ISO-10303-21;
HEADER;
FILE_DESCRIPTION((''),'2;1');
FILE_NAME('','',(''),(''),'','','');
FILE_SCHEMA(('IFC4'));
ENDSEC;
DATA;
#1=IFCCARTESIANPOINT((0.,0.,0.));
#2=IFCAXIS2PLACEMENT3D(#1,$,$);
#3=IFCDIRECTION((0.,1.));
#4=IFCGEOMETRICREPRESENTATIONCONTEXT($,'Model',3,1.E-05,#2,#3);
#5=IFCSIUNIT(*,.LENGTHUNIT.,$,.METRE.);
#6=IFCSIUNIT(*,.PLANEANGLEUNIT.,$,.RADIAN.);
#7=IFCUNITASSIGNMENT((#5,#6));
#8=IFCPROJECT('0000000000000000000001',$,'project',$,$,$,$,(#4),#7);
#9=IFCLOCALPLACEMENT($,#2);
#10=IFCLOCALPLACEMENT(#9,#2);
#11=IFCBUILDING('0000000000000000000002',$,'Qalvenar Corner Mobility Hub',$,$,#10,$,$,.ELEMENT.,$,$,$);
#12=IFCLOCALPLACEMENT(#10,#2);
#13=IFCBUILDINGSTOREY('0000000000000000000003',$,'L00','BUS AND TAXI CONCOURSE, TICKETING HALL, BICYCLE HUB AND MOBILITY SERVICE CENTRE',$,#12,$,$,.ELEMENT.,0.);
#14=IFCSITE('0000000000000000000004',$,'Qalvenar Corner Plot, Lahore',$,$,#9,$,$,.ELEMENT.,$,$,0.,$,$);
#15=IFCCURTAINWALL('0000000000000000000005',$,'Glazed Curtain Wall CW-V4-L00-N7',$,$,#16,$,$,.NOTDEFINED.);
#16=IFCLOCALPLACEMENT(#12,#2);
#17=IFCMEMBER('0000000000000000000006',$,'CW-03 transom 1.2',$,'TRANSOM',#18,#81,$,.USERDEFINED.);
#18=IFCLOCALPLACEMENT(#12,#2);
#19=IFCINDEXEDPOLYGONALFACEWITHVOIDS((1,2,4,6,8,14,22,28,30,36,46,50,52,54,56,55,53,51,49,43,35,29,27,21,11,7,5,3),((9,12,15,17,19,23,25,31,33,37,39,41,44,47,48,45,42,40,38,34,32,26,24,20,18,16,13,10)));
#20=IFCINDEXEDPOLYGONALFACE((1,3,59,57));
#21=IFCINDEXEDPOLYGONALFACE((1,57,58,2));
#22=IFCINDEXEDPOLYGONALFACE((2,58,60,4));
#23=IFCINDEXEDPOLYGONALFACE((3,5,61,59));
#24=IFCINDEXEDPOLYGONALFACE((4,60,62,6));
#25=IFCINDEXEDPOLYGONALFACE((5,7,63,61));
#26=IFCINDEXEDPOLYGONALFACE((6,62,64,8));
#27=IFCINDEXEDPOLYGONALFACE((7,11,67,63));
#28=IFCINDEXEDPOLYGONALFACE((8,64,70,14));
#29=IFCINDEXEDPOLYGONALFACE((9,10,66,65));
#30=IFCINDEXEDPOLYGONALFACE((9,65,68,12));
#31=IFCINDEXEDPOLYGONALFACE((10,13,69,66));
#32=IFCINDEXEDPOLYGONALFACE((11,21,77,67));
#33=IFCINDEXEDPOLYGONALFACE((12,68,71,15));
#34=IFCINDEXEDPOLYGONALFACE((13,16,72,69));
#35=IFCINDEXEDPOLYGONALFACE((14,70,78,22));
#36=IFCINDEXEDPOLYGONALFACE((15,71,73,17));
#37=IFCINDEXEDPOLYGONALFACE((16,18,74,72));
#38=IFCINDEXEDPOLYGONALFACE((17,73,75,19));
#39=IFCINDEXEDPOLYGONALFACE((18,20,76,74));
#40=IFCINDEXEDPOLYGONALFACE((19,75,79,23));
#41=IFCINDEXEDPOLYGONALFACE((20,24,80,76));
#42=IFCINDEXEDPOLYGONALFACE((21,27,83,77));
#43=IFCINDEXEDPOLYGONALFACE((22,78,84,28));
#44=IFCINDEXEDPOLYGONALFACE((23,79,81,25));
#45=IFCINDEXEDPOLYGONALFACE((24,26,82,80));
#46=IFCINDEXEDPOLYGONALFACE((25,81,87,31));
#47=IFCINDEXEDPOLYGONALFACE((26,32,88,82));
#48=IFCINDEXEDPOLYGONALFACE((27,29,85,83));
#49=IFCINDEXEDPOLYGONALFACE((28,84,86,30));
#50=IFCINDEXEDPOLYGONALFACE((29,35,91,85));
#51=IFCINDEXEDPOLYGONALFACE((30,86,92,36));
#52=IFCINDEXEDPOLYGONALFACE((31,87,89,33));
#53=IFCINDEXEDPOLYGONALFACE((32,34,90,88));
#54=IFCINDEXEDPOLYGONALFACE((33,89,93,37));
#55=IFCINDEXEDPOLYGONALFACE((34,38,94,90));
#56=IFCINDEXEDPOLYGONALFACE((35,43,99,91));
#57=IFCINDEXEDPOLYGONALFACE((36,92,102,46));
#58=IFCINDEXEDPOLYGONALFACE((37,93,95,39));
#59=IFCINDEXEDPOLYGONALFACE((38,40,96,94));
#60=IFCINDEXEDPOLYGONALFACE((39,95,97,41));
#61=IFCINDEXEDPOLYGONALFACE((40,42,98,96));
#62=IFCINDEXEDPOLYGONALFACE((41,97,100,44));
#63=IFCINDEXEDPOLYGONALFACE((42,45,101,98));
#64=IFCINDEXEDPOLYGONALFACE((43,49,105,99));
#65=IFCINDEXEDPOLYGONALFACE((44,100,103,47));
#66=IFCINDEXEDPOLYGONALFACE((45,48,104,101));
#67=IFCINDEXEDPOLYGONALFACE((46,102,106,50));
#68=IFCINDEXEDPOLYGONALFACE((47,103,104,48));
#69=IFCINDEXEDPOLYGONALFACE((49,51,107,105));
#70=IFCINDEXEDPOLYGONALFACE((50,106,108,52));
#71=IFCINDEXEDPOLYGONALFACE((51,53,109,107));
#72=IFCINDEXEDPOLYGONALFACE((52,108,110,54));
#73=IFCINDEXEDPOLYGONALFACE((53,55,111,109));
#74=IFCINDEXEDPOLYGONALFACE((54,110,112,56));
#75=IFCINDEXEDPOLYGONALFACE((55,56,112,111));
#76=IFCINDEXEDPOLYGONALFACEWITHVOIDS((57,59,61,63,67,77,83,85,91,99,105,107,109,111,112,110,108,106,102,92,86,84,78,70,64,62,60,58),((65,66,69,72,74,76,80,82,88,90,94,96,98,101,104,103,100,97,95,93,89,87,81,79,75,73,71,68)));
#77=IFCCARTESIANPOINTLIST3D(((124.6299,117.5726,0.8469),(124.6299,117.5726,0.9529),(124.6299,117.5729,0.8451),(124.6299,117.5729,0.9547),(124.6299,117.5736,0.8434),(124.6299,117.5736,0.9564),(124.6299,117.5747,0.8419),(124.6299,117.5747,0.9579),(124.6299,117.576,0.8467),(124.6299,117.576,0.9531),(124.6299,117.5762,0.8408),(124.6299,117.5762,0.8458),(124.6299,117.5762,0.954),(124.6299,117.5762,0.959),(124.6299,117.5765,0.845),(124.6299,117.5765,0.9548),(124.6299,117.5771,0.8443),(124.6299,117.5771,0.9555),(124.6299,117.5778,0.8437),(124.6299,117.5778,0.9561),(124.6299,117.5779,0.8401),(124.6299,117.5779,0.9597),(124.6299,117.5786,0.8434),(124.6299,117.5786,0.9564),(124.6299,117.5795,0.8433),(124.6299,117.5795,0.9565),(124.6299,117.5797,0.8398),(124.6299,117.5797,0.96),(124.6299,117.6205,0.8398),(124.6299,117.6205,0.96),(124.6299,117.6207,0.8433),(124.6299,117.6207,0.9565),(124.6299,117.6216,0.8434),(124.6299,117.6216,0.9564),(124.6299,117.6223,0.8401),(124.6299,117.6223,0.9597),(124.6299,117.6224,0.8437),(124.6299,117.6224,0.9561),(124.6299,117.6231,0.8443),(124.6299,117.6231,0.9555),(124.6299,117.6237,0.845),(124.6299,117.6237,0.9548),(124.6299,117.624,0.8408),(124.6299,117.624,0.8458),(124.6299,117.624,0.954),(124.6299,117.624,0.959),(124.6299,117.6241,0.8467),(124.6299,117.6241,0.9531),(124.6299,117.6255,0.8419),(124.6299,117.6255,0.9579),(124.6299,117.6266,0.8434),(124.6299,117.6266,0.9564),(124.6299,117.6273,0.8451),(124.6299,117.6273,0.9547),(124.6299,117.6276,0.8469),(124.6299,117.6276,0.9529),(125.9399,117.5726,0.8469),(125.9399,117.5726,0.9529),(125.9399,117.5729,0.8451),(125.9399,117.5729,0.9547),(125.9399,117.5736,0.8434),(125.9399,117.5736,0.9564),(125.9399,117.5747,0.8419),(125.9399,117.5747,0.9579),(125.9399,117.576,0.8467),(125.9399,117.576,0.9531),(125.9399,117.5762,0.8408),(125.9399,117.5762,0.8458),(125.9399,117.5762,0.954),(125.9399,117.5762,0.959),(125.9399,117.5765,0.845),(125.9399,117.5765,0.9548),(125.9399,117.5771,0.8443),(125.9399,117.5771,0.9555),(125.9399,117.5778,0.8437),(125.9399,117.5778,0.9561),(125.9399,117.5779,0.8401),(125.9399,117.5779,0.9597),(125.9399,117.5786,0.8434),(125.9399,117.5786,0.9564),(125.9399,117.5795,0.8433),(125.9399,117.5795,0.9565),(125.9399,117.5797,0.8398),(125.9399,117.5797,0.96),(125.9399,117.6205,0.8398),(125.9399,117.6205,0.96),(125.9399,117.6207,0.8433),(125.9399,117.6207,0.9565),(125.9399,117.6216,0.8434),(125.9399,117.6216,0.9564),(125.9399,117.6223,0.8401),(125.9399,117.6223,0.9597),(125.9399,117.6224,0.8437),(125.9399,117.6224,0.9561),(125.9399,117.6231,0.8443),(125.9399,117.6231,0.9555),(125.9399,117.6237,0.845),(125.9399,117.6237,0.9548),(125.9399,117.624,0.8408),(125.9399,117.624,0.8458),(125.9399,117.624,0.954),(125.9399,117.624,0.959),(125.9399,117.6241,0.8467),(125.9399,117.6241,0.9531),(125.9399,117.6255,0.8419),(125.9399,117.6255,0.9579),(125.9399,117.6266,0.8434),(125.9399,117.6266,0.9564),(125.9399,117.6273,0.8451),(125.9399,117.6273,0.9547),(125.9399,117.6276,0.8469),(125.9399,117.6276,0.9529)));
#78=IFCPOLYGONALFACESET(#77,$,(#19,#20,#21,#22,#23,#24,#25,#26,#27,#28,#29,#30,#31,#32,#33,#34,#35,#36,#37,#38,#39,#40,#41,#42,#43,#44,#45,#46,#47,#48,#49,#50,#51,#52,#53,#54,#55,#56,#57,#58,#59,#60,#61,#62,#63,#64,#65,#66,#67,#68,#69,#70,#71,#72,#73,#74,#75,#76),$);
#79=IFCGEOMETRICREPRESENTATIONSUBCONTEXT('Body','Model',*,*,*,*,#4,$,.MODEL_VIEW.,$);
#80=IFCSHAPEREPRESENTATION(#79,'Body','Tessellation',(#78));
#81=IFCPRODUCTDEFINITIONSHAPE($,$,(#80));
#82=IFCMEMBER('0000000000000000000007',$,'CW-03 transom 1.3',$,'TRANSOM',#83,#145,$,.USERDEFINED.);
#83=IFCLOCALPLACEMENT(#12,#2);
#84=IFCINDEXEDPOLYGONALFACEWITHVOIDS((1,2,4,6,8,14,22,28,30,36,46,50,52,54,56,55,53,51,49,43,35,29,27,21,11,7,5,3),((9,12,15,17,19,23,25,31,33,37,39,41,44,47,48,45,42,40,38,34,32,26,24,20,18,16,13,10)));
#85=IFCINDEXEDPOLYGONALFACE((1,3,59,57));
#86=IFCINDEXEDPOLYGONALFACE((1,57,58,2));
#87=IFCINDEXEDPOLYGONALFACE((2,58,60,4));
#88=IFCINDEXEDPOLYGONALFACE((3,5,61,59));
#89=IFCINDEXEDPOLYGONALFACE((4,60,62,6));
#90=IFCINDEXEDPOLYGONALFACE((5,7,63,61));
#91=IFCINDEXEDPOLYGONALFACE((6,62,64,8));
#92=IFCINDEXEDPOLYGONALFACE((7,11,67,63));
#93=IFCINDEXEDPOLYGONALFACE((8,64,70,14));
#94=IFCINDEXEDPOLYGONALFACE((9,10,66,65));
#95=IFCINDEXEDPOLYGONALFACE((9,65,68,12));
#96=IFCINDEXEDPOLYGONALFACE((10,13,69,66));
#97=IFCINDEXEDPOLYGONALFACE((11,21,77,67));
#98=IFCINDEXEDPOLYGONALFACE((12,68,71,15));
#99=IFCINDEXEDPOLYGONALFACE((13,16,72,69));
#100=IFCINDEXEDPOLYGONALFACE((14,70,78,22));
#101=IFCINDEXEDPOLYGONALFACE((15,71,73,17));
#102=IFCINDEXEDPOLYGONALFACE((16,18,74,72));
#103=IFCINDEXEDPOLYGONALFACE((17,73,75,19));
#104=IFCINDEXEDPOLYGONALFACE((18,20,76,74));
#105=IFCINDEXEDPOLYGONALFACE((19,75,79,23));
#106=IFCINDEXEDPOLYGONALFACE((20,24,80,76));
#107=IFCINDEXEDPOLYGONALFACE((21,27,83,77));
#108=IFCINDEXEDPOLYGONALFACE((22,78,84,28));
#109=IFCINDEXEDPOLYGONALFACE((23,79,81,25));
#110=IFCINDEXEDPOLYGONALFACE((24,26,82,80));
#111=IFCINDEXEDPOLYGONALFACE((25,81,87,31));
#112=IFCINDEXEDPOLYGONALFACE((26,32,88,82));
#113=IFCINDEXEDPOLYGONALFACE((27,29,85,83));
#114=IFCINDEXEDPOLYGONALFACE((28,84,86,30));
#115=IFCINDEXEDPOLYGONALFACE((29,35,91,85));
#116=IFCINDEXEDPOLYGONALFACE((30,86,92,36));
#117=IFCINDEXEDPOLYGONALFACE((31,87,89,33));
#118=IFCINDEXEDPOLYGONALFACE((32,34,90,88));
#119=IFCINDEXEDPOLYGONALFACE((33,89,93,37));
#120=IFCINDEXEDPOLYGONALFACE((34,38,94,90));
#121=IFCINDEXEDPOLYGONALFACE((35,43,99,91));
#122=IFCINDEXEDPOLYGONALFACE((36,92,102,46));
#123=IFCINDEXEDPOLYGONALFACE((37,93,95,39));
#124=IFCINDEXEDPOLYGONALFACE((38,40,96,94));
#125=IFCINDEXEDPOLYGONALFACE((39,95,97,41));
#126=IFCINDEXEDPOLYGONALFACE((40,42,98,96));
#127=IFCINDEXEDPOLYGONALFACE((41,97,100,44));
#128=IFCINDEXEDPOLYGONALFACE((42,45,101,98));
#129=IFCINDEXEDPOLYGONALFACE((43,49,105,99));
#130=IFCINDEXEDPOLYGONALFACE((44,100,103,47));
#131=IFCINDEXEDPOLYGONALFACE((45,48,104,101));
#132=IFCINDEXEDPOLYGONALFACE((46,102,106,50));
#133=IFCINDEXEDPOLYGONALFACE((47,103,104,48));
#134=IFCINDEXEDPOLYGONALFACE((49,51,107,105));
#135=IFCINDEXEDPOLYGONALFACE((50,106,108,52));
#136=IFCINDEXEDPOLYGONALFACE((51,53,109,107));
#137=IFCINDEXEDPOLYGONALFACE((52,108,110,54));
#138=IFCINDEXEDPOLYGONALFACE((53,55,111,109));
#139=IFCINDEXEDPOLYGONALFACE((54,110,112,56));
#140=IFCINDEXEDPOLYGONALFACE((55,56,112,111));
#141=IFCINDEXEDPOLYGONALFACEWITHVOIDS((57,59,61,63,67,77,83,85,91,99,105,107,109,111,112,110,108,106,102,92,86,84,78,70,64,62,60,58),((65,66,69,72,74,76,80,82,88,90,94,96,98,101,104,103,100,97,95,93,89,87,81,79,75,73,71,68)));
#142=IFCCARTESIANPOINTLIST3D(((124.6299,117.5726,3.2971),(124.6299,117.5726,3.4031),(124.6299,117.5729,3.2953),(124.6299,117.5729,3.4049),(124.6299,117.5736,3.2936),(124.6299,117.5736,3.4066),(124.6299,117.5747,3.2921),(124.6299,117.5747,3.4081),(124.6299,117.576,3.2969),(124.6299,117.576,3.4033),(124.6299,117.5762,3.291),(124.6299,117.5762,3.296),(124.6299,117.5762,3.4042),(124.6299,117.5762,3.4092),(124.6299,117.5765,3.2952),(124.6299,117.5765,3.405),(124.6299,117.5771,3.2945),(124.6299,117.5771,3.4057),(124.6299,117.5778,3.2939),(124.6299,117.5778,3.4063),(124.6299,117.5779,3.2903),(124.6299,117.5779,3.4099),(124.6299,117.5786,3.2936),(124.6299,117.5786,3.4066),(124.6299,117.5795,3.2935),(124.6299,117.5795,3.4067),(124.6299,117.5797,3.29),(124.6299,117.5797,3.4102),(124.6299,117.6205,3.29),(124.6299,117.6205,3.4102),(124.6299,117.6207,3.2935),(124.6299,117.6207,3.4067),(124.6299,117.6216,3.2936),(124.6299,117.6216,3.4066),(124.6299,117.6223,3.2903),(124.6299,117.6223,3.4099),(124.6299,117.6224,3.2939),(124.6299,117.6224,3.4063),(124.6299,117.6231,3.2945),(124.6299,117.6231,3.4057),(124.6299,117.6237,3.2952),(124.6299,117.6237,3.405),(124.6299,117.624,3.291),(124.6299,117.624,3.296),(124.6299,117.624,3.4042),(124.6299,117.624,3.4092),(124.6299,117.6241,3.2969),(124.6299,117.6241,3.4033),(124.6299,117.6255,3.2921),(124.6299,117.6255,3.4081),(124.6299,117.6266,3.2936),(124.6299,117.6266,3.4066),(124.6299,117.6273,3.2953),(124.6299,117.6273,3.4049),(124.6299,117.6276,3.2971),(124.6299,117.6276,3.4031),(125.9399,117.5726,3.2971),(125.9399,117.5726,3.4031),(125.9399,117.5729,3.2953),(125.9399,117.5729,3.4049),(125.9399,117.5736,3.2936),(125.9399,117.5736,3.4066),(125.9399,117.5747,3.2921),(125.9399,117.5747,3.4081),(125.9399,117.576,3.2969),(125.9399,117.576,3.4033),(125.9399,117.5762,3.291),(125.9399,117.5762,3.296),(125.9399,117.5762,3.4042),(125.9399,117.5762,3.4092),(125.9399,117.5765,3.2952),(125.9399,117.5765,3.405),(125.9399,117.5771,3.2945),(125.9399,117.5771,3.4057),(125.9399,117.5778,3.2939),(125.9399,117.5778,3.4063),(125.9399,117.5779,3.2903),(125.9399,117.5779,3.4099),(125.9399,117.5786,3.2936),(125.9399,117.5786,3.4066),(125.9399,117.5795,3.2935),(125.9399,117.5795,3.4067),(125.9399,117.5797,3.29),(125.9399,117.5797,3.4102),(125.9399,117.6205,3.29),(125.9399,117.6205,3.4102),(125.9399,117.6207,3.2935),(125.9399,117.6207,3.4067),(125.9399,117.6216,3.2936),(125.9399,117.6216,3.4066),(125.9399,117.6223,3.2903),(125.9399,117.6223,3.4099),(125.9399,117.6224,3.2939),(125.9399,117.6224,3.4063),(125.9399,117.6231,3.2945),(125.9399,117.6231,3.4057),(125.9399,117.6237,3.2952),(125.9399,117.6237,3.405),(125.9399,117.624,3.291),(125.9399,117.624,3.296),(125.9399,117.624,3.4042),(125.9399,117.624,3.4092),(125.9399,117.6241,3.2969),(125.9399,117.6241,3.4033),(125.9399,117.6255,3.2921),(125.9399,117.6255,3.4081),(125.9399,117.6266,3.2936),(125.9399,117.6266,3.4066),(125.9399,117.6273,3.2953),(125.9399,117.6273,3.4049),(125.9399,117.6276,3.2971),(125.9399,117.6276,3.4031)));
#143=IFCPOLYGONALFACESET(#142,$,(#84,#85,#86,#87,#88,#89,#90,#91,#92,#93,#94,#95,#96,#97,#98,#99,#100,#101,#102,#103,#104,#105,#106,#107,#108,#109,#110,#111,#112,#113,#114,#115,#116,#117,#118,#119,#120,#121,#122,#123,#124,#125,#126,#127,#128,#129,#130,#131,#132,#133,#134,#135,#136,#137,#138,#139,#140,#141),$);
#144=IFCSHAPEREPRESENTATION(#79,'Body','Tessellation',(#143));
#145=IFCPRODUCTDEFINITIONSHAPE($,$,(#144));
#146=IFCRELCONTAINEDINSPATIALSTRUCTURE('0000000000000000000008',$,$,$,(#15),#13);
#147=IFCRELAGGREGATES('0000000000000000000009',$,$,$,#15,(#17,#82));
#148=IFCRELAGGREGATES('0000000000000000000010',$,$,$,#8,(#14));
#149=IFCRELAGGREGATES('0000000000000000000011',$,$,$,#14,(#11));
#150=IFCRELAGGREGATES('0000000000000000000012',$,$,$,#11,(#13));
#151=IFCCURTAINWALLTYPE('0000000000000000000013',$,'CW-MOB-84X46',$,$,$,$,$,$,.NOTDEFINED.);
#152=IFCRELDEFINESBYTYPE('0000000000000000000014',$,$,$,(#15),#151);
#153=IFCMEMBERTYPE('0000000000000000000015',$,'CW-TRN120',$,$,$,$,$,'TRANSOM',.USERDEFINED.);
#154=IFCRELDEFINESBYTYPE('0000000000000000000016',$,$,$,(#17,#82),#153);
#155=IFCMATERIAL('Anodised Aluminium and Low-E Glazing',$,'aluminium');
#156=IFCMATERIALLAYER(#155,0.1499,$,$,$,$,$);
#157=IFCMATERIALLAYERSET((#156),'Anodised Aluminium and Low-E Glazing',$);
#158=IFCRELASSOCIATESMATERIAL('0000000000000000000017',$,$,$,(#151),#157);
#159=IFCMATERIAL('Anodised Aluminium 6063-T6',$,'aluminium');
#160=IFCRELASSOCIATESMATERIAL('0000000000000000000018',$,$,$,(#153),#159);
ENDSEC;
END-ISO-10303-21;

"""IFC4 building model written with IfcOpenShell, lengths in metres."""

from ifc_helpers import new_model, si_unit, direction, frame, origin, origin_2d, place, context, subcontext, project, spatial, hollow_rectangle, extrude, material, layer, layer_set, material_profile, profile_set, type_object, element, aggregate, save


model = new_model("IFC4")

# Units and contexts
model_context = context("Model", 3, precision=1e-05, world=origin(), true_north=direction((0.0, 1.0)))
body_context = subcontext(model_context, "Body", "Model", "MODEL_VIEW")
ifc_project = project(units=[si_unit("LENGTHUNIT", "METRE"), si_unit("PLANEANGLEUNIT", "RADIAN")], contexts=[model_context])

# Site, building, storey
site_placement = place(None, origin())
site = spatial("IfcSite", under=ifc_project, at=site_placement, Name="Qalvenar Corner Plot, Lahore", CompositionType="ELEMENT", RefElevation=0.0)
building_placement = place(site_placement, origin())
building = spatial("IfcBuilding", under=site, at=building_placement, Name="Qalvenar Corner Mobility Hub", CompositionType="ELEMENT")
storey_placement = place(building_placement, origin())
storey = spatial("IfcBuildingStorey", under=building, at=storey_placement, Name="L00", Description="BUS AND TAXI CONCOURSE, TICKETING HALL, BICYCLE HUB AND MOBILITY SERVICE CENTRE", CompositionType="ELEMENT", Elevation=0.0)

# Curtain wall, members
ifc_material_1 = material(Name="Anodised Aluminium and Low-E Glazing", Category="aluminium")
ifc_layer_1 = layer(ifc_material_1, 0.1499)
ifc_layer_set_1 = layer_set([ifc_layer_1], Name="Anodised Aluminium and Low-E Glazing")
curtain_wall_type = type_object("IfcCurtainWallType", Name="CW-MOB-84X46", PredefinedType="NOTDEFINED", material=ifc_layer_set_1)
curtain_wall_placement = place(storey_placement, origin())
curtain_wall = element("IfcCurtainWall", 1, at=curtain_wall_placement, inside=storey, type_object=curtain_wall_type, Name="Glazed Curtain Wall CW-V4-L00-N7", PredefinedType="NOTDEFINED")
ifc_material_2 = material(Name="Anodised Aluminium 6063-T6", Category="aluminium")
ifc_material_profile_1 = material_profile(ifc_material_2, hollow_rectangle(XDim=0.0549, YDim=0.1201, WallThickness=0.0034, InnerFilletRadius=0.0034, OuterFilletRadius=0.0071, at=origin_2d()), Name="RHS120x55x3.5")
ifc_profile_set_1 = profile_set([ifc_material_profile_1], Name="Anodised Aluminium 6063-T6")
member_type_1 = type_object("IfcMemberType", Name="CW-TRN120", ElementType="TRANSOM", PredefinedType="USERDEFINED", material=ifc_profile_set_1)
member_1_placement = place(storey_placement, frame((125.9399, 117.6001, 0.8999), z_axis=(-1.0, 0.0, 0.0), x_axis=(0.0, -1.0, 0.0)))
member_1 = element("IfcMember", 2, at=member_1_placement, type_object=member_type_1, Name="CW-03 transom 1.2", ObjectType="TRANSOM", PredefinedType="USERDEFINED", context=body_context, shape_type="SweptSolid", body=[
    extrude(hollow_rectangle(XDim=0.0549, YDim=0.1201, WallThickness=0.0034, InnerFilletRadius=0.0034, OuterFilletRadius=0.0071, at=origin_2d()), origin(), (0.0, 0.0, 1.0), 1.3101),
])
member_2_placement = place(storey_placement, frame((125.9399, 117.6001, 3.3501), z_axis=(-1.0, 0.0, 0.0), x_axis=(0.0, -1.0, 0.0)))
member_2 = element("IfcMember", 3, at=member_2_placement, type_object=member_type_1, Name="CW-03 transom 1.3", ObjectType="TRANSOM", PredefinedType="USERDEFINED", context=body_context, shape_type="SweptSolid", body=[
    extrude(hollow_rectangle(XDim=0.0549, YDim=0.1201, WallThickness=0.0034, InnerFilletRadius=0.0034, OuterFilletRadius=0.0071, at=origin_2d()), origin(), (0.0, 0.0, 1.0), 1.3101),
])
aggregate(curtain_wall, [member_1, member_2])

save(model, "model.ifc")
